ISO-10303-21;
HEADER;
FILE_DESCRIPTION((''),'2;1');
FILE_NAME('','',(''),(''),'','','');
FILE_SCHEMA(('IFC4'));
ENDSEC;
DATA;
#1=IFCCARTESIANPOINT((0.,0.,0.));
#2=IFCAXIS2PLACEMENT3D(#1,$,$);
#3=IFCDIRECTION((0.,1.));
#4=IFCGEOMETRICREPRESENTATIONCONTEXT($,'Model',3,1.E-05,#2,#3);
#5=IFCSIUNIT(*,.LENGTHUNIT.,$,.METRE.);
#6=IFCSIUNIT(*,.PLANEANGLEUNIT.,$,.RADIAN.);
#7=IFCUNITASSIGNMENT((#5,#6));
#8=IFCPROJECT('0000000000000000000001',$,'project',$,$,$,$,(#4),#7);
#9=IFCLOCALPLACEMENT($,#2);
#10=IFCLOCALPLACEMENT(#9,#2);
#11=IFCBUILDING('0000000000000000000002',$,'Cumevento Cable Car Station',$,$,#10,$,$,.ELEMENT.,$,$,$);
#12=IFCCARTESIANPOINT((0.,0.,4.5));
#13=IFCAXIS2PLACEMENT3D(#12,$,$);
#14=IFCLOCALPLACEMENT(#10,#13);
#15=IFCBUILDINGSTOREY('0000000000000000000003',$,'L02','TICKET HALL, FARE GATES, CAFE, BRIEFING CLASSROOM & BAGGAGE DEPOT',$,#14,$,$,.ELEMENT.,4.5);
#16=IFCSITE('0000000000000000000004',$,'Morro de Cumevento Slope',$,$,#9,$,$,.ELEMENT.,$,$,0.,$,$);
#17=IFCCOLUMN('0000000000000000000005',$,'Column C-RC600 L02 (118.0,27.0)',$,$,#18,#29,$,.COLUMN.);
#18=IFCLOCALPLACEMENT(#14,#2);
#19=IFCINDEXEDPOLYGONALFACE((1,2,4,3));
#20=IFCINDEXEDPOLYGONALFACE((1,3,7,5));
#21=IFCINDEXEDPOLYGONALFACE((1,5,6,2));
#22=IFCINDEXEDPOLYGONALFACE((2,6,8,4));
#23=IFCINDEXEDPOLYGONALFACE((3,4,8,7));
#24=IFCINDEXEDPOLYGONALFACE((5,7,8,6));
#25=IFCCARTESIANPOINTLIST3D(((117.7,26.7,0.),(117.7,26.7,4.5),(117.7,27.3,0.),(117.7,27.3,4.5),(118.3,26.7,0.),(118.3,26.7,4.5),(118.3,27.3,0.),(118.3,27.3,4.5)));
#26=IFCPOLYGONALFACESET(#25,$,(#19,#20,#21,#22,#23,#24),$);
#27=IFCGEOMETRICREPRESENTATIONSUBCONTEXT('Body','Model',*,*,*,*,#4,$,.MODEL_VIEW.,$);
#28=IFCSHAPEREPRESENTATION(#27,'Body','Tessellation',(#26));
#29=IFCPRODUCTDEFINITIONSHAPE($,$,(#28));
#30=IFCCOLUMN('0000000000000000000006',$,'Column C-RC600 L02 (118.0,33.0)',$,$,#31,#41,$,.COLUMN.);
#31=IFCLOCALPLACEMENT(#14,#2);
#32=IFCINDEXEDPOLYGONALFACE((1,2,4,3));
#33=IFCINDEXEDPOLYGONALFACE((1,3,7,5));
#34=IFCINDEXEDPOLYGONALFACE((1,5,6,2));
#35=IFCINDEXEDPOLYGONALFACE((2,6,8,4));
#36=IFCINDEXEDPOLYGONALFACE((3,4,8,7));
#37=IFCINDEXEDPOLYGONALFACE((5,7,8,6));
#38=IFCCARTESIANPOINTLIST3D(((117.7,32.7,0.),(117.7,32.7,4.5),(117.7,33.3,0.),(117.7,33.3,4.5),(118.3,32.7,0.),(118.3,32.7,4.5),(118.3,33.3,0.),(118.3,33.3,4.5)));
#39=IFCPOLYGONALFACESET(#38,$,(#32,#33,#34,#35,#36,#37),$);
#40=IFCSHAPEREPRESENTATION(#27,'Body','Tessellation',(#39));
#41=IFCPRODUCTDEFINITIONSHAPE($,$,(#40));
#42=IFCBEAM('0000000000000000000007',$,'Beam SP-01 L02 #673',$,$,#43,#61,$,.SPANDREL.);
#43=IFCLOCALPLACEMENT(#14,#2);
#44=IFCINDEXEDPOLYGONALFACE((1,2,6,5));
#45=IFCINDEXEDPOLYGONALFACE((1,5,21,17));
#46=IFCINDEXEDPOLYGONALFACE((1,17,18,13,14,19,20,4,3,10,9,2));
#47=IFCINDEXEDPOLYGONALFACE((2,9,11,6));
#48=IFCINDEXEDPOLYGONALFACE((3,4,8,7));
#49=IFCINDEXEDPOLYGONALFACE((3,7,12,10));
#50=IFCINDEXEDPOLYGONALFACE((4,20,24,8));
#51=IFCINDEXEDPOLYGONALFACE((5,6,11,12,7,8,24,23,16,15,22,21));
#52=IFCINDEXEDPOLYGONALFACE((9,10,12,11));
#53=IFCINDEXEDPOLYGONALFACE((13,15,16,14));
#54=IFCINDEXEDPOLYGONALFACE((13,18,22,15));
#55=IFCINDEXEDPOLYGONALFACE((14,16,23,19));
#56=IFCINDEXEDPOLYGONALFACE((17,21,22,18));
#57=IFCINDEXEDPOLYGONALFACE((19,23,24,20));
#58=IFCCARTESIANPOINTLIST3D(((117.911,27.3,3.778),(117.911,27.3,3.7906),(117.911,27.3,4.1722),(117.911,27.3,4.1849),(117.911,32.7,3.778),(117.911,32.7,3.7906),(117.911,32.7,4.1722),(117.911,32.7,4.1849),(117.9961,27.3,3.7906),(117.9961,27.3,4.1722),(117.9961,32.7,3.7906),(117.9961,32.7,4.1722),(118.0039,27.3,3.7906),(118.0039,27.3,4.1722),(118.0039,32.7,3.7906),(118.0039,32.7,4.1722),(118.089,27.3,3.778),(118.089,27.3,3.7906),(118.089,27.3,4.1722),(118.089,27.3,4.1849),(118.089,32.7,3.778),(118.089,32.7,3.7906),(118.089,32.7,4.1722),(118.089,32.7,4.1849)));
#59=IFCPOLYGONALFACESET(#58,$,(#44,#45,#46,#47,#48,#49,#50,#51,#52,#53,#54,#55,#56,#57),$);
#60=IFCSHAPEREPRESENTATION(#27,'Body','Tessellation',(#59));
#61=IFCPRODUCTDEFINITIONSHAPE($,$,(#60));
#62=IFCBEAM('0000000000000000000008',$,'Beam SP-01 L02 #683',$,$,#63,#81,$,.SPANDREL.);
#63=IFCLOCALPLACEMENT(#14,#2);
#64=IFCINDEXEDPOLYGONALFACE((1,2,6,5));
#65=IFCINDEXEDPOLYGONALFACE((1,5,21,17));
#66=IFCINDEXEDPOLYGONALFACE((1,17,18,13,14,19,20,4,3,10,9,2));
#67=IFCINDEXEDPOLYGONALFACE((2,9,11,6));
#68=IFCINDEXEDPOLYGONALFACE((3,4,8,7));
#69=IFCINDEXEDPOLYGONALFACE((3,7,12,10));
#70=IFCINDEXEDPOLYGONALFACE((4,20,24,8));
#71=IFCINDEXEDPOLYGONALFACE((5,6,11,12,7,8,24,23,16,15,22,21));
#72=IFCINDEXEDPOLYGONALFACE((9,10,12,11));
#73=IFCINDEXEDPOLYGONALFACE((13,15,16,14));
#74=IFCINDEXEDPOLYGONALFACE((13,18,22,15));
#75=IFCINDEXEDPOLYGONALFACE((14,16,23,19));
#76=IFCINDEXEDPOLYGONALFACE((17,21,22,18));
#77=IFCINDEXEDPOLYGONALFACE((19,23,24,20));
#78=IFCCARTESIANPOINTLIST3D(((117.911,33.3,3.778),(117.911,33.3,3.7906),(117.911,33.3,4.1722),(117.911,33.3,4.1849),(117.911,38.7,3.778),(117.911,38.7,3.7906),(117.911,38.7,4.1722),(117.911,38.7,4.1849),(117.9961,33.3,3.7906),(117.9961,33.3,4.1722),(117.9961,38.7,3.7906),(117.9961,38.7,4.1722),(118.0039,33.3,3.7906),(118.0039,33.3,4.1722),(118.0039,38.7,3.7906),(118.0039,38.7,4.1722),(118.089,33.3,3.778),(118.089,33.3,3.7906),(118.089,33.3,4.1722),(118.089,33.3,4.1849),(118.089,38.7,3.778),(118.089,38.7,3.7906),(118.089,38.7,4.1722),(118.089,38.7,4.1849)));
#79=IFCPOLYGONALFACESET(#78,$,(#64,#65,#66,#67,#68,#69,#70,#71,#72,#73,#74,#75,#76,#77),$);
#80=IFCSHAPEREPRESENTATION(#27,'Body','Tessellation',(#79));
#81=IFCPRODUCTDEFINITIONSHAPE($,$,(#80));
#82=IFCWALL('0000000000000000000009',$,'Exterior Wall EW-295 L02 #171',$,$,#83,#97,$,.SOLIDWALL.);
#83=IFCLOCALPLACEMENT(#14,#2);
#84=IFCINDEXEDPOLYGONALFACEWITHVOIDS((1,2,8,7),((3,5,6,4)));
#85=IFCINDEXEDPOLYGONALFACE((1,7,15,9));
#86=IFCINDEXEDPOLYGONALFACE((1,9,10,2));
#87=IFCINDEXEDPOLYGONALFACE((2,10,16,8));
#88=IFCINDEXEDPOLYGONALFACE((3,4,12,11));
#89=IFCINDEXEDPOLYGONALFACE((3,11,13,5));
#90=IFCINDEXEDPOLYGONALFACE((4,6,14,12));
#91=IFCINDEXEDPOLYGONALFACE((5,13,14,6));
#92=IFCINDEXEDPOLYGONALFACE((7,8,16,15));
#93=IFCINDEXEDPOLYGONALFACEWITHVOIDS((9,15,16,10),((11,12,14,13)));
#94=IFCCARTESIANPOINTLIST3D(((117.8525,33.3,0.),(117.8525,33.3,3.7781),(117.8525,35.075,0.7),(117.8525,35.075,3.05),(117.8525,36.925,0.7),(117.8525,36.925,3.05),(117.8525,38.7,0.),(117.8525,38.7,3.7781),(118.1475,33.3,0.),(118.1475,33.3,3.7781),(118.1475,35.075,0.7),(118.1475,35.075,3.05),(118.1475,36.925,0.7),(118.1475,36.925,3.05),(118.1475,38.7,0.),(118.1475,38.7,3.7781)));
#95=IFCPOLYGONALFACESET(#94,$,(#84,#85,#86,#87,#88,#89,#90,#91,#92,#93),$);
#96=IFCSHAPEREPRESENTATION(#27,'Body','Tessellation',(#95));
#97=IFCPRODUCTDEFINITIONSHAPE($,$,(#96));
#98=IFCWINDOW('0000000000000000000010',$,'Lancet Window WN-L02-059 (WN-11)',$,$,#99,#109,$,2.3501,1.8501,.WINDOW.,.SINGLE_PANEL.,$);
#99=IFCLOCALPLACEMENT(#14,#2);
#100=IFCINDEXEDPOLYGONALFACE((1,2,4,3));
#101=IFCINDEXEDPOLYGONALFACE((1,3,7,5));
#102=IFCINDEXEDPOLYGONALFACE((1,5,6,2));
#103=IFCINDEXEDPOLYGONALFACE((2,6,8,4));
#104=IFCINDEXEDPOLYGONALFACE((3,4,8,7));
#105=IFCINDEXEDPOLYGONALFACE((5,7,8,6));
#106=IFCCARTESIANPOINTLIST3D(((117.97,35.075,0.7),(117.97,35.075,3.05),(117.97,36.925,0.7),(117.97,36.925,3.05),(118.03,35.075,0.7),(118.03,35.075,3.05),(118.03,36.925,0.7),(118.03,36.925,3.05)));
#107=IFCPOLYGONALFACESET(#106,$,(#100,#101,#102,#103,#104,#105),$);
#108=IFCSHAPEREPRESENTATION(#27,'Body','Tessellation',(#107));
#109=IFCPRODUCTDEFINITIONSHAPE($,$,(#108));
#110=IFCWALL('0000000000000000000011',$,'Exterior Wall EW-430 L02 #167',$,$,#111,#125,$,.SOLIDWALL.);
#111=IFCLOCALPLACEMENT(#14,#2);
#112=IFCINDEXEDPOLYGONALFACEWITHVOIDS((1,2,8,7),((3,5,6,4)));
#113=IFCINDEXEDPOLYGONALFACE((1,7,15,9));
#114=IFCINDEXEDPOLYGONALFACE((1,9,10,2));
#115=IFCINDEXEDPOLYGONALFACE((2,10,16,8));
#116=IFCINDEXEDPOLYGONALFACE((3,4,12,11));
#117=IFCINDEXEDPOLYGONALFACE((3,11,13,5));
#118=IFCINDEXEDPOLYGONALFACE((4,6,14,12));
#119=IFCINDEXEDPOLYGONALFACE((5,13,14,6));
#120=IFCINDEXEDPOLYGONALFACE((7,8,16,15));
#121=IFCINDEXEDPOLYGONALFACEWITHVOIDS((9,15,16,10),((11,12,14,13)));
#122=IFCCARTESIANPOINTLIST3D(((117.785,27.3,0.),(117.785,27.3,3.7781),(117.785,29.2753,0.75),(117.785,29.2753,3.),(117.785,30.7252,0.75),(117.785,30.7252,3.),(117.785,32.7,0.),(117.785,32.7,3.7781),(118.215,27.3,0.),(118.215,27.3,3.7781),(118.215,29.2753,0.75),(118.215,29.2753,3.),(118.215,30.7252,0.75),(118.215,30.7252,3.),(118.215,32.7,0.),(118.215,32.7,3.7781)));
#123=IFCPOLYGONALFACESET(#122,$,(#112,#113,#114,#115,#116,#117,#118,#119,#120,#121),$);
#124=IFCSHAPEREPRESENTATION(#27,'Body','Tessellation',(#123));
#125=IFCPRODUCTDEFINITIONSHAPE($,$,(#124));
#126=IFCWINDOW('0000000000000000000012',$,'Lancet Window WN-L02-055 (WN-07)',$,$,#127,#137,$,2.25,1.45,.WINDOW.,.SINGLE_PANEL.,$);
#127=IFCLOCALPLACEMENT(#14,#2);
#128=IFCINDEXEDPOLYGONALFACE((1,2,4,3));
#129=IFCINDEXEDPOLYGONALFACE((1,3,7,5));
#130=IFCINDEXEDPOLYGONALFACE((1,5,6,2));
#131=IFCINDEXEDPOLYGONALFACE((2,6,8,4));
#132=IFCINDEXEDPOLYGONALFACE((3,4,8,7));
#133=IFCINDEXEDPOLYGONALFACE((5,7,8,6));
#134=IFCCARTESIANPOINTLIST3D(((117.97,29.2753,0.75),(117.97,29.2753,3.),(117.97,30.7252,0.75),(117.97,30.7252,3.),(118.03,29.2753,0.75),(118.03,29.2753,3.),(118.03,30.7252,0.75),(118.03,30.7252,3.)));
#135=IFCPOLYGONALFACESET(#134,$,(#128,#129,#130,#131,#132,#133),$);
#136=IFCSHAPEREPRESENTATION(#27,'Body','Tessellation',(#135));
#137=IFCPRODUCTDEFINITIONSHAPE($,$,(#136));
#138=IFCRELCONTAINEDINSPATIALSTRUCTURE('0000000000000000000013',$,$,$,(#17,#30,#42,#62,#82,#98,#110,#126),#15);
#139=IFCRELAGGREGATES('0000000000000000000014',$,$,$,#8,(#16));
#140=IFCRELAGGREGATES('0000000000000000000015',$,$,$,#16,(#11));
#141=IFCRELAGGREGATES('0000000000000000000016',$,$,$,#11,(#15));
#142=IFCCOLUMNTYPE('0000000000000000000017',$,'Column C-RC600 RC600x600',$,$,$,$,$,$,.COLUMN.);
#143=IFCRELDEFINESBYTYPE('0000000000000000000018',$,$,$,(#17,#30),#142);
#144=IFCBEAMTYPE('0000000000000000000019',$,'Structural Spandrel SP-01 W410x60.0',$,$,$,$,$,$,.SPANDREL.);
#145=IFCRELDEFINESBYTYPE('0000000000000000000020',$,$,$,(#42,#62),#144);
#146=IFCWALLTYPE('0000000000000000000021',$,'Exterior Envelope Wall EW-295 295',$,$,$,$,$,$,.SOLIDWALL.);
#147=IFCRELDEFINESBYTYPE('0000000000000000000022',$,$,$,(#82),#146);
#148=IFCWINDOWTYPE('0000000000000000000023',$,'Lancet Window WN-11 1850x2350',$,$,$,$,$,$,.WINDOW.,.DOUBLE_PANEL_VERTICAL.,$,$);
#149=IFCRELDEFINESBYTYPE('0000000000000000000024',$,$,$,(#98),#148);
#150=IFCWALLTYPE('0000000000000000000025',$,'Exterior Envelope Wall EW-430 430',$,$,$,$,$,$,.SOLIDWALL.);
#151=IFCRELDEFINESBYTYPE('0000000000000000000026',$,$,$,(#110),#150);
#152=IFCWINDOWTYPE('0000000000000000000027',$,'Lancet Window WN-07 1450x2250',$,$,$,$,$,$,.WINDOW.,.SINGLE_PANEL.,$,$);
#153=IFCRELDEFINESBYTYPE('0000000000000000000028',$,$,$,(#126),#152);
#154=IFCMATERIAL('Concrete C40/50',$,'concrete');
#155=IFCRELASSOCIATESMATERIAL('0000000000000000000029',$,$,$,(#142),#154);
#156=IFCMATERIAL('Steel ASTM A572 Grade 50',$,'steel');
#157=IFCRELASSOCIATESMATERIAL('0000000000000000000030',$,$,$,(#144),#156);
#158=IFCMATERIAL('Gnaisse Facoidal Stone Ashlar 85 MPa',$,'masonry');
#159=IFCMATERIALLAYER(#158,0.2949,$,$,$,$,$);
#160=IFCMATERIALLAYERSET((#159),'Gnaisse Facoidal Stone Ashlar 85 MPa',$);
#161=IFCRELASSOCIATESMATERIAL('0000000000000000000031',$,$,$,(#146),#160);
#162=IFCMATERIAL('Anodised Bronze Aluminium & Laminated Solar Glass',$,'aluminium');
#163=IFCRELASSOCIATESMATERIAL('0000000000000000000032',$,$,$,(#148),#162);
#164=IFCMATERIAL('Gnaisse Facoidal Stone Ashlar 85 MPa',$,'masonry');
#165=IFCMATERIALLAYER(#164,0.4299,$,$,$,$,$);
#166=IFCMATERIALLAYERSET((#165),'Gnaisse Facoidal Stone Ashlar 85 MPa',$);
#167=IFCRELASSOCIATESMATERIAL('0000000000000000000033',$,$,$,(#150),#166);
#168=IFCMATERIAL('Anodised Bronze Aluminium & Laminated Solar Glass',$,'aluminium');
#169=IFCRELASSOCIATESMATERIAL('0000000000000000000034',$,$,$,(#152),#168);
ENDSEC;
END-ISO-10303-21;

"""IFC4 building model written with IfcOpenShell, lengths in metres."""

from ifc_helpers import new_model, si_unit, direction, frame, frame_2d, origin, origin_2d, place, context, subcontext, project, spatial, rectangle, i_section, extrude, material, layer, layer_set, material_profile, profile_set, type_object, element, fill, save


model = new_model("IFC4")

# Units and contexts
model_context = context("Model", 3, precision=1e-05, world=origin(), true_north=direction((0.0, 1.0)))
body_context = subcontext(model_context, "Body", "Model", "MODEL_VIEW")
ifc_project = project(units=[si_unit("LENGTHUNIT", "METRE"), si_unit("PLANEANGLEUNIT", "RADIAN")], contexts=[model_context])

# Site, building, storey
site_placement = place(None, origin())
site = spatial("IfcSite", under=ifc_project, at=site_placement, Name="Morro de Cumevento Slope", CompositionType="ELEMENT", RefElevation=0.0)
building_placement = place(site_placement, origin())
building = spatial("IfcBuilding", under=site, at=building_placement, Name="Cumevento Cable Car Station", CompositionType="ELEMENT")
storey_placement = place(building_placement, frame((0.0, 0.0, 4.5)))
storey = spatial("IfcBuildingStorey", under=building, at=storey_placement, Name="L02", Description="TICKET HALL, FARE GATES, CAFE, BRIEFING CLASSROOM & BAGGAGE DEPOT", CompositionType="ELEMENT", Elevation=4.5)

# Columns
ifc_material_1 = material(Name="Concrete C40/50", Category="concrete")
ifc_material_profile_1 = material_profile(ifc_material_1, rectangle(XDim=0.6001, YDim=0.6001, at=origin_2d()), Name="RC600x600")
ifc_profile_set_1 = profile_set([ifc_material_profile_1], Name="Concrete C40/50")
column_type = type_object("IfcColumnType", Name="Column C-RC600 RC600x600", PredefinedType="COLUMN", material=ifc_profile_set_1)
for number, where, z_axis, x_axis, name in (
    (1, (118.0, 27.0, 0.0), (0.0, 0.0, 1.0), (1.0, 0.0, 0.0), "Column C-RC600 L02 (118.0,27.0)"),
    (2, (118.0, 33.0, 0.0), (0.0, 0.0, 1.0), (1.0, 0.0, 0.0), "Column C-RC600 L02 (118.0,33.0)"),
):
    element("IfcColumn", number, at=place(storey_placement, frame(where, z_axis=z_axis, x_axis=x_axis)), inside=storey, type_object=column_type, Name=name, PredefinedType="COLUMN", context=body_context, shape_type="SweptSolid", body=[
        extrude(rectangle(XDim=0.6001, YDim=0.6001, at=origin_2d()), origin(), (0.0, 0.0, 1.0), 4.5),
    ])

# Beams
ifc_material_2 = material(Name="Steel ASTM A572 Grade 50", Category="steel")
ifc_material_profile_2 = material_profile(ifc_material_2, i_section(OverallWidth=0.178, OverallDepth=0.407, WebThickness=0.0078, FlangeThickness=0.0127, at=origin_2d()), Name="W410x60.0")
ifc_profile_set_2 = profile_set([ifc_material_profile_2], Name="Steel ASTM A572 Grade 50")
beam_type = type_object("IfcBeamType", Name="Structural Spandrel SP-01 W410x60.0", PredefinedType="SPANDREL", material=ifc_profile_set_2)
for number, where, z_axis, x_axis, name in (
    (3, (118.0, 27.3, 3.9814), (0.0, 1.0, 0.0), (-1.0, 0.0, 0.0), "Beam SP-01 L02 #673"),
    (4, (118.0, 33.3, 3.9814), (0.0, 1.0, 0.0), (-1.0, 0.0, 0.0), "Beam SP-01 L02 #683"),
):
    element("IfcBeam", number, at=place(storey_placement, frame(where, z_axis=z_axis, x_axis=x_axis)), inside=storey, type_object=beam_type, Name=name, PredefinedType="SPANDREL", context=body_context, shape_type="SweptSolid", body=[
        extrude(i_section(OverallWidth=0.178, OverallDepth=0.407, WebThickness=0.0078, FlangeThickness=0.0127, at=origin_2d()), origin(), (0.0, 0.0, 1.0), 5.3999),
    ])

# Walls, openings, windows
ifc_material_3 = material(Name="Gnaisse Facoidal Stone Ashlar 85 MPa", Category="masonry")
ifc_layer_1 = layer(ifc_material_3, 0.2949)
ifc_layer_set_1 = layer_set([ifc_layer_1], Name="Gnaisse Facoidal Stone Ashlar 85 MPa")
wall_type_1 = type_object("IfcWallType", Name="Exterior Envelope Wall EW-295 295", PredefinedType="SOLIDWALL", material=ifc_layer_set_1)
wall_1_placement = place(storey_placement, frame((118.0, 33.3, 0.0), z_axis=(0.0, 0.0, 1.0), x_axis=(0.0, 1.0, 0.0)))
wall_1 = element("IfcWall", 5, at=wall_1_placement, inside=storey, type_object=wall_type_1, Name="Exterior Wall EW-295 L02 #171", PredefinedType="SOLIDWALL", context=body_context, shape_type="SweptSolid", body=[
    extrude(rectangle(XDim=5.3999, YDim=0.2949, at=frame_2d((2.7, 0.0))), origin(), (0.0, 0.0, 1.0), 3.7781),
])
opening_1_placement = place(wall_1_placement, frame((1.7749, 0.0, 0.7)))
opening_1 = element("IfcOpeningElement", 6, at=opening_1_placement, cuts=wall_1, PredefinedType="OPENING", context=body_context, shape_type="SweptSolid", body=[
    extrude(rectangle(XDim=1.8501, YDim=2.3501, at=frame_2d((0.925, 1.175))), frame((0.0, 0.1575, 0.0), z_axis=(0.0, -1.0, 0.0), x_axis=(1.0, 0.0, 0.0)), (0.0, 0.0, 1.0), 0.3149),
])
ifc_material_4 = material(Name="Anodised Bronze Aluminium & Laminated Solar Glass", Category="aluminium")
window_type_1 = type_object("IfcWindowType", Name="Lancet Window WN-11 1850x2350", PartitioningType="DOUBLE_PANEL_VERTICAL", PredefinedType="WINDOW", material=ifc_material_4)
window_1_placement = place(opening_1_placement, origin())
window_1 = element("IfcWindow", 7, at=window_1_placement, inside=storey, type_object=window_type_1, Name="Lancet Window WN-L02-059 (WN-11)", OverallHeight=2.3501, OverallWidth=1.8501, PartitioningType="SINGLE_PANEL", PredefinedType="WINDOW", context=body_context, shape_type="SweptSolid", body=[
    extrude(rectangle(XDim=1.8501, YDim=2.3501, at=frame_2d((0.925, 1.175))), frame((0.0, 0.03, 0.0), z_axis=(0.0, -1.0, 0.0), x_axis=(1.0, 0.0, 0.0)), (0.0, 0.0, 1.0), 0.0601),
])
fill(opening_1, window_1)
ifc_material_5 = material(Name="Gnaisse Facoidal Stone Ashlar 85 MPa", Category="masonry")
ifc_layer_2 = layer(ifc_material_5, 0.4299)
ifc_layer_set_2 = layer_set([ifc_layer_2], Name="Gnaisse Facoidal Stone Ashlar 85 MPa")
wall_type_2 = type_object("IfcWallType", Name="Exterior Envelope Wall EW-430 430", PredefinedType="SOLIDWALL", material=ifc_layer_set_2)
wall_2_placement = place(storey_placement, frame((118.0, 27.3, 0.0), z_axis=(0.0, 0.0, 1.0), x_axis=(0.0, 1.0, 0.0)))
wall_2 = element("IfcWall", 8, at=wall_2_placement, inside=storey, type_object=wall_type_2, Name="Exterior Wall EW-430 L02 #167", PredefinedType="SOLIDWALL", context=body_context, shape_type="SweptSolid", body=[
    extrude(rectangle(XDim=5.3999, YDim=0.4299, at=frame_2d((2.7, 0.0))), origin(), (0.0, 0.0, 1.0), 3.7781),
])
opening_2_placement = place(wall_2_placement, frame((1.9751, 0.0, 0.75)))
opening_2 = element("IfcOpeningElement", 9, at=opening_2_placement, cuts=wall_2, PredefinedType="OPENING", context=body_context, shape_type="SweptSolid", body=[
    extrude(rectangle(XDim=1.45, YDim=2.25, at=frame_2d((0.7251, 1.125))), frame((0.0, 0.2249, 0.0), z_axis=(0.0, -1.0, 0.0), x_axis=(1.0, 0.0, 0.0)), (0.0, 0.0, 1.0), 0.45),
])
ifc_material_6 = material(Name="Anodised Bronze Aluminium & Laminated Solar Glass", Category="aluminium")
window_type_2 = type_object("IfcWindowType", Name="Lancet Window WN-07 1450x2250", PartitioningType="SINGLE_PANEL", PredefinedType="WINDOW", material=ifc_material_6)
window_2_placement = place(opening_2_placement, origin())
window_2 = element("IfcWindow", 10, at=window_2_placement, inside=storey, type_object=window_type_2, Name="Lancet Window WN-L02-055 (WN-07)", OverallHeight=2.25, OverallWidth=1.45, PartitioningType="SINGLE_PANEL", PredefinedType="WINDOW", context=body_context, shape_type="SweptSolid", body=[
    extrude(rectangle(XDim=1.45, YDim=2.25, at=frame_2d((0.7251, 1.125))), frame((0.0, 0.03, 0.0), z_axis=(0.0, -1.0, 0.0), x_axis=(1.0, 0.0, 0.0)), (0.0, 0.0, 1.0), 0.0601),
])
fill(opening_2, window_2)

save(model, "model.ifc")
